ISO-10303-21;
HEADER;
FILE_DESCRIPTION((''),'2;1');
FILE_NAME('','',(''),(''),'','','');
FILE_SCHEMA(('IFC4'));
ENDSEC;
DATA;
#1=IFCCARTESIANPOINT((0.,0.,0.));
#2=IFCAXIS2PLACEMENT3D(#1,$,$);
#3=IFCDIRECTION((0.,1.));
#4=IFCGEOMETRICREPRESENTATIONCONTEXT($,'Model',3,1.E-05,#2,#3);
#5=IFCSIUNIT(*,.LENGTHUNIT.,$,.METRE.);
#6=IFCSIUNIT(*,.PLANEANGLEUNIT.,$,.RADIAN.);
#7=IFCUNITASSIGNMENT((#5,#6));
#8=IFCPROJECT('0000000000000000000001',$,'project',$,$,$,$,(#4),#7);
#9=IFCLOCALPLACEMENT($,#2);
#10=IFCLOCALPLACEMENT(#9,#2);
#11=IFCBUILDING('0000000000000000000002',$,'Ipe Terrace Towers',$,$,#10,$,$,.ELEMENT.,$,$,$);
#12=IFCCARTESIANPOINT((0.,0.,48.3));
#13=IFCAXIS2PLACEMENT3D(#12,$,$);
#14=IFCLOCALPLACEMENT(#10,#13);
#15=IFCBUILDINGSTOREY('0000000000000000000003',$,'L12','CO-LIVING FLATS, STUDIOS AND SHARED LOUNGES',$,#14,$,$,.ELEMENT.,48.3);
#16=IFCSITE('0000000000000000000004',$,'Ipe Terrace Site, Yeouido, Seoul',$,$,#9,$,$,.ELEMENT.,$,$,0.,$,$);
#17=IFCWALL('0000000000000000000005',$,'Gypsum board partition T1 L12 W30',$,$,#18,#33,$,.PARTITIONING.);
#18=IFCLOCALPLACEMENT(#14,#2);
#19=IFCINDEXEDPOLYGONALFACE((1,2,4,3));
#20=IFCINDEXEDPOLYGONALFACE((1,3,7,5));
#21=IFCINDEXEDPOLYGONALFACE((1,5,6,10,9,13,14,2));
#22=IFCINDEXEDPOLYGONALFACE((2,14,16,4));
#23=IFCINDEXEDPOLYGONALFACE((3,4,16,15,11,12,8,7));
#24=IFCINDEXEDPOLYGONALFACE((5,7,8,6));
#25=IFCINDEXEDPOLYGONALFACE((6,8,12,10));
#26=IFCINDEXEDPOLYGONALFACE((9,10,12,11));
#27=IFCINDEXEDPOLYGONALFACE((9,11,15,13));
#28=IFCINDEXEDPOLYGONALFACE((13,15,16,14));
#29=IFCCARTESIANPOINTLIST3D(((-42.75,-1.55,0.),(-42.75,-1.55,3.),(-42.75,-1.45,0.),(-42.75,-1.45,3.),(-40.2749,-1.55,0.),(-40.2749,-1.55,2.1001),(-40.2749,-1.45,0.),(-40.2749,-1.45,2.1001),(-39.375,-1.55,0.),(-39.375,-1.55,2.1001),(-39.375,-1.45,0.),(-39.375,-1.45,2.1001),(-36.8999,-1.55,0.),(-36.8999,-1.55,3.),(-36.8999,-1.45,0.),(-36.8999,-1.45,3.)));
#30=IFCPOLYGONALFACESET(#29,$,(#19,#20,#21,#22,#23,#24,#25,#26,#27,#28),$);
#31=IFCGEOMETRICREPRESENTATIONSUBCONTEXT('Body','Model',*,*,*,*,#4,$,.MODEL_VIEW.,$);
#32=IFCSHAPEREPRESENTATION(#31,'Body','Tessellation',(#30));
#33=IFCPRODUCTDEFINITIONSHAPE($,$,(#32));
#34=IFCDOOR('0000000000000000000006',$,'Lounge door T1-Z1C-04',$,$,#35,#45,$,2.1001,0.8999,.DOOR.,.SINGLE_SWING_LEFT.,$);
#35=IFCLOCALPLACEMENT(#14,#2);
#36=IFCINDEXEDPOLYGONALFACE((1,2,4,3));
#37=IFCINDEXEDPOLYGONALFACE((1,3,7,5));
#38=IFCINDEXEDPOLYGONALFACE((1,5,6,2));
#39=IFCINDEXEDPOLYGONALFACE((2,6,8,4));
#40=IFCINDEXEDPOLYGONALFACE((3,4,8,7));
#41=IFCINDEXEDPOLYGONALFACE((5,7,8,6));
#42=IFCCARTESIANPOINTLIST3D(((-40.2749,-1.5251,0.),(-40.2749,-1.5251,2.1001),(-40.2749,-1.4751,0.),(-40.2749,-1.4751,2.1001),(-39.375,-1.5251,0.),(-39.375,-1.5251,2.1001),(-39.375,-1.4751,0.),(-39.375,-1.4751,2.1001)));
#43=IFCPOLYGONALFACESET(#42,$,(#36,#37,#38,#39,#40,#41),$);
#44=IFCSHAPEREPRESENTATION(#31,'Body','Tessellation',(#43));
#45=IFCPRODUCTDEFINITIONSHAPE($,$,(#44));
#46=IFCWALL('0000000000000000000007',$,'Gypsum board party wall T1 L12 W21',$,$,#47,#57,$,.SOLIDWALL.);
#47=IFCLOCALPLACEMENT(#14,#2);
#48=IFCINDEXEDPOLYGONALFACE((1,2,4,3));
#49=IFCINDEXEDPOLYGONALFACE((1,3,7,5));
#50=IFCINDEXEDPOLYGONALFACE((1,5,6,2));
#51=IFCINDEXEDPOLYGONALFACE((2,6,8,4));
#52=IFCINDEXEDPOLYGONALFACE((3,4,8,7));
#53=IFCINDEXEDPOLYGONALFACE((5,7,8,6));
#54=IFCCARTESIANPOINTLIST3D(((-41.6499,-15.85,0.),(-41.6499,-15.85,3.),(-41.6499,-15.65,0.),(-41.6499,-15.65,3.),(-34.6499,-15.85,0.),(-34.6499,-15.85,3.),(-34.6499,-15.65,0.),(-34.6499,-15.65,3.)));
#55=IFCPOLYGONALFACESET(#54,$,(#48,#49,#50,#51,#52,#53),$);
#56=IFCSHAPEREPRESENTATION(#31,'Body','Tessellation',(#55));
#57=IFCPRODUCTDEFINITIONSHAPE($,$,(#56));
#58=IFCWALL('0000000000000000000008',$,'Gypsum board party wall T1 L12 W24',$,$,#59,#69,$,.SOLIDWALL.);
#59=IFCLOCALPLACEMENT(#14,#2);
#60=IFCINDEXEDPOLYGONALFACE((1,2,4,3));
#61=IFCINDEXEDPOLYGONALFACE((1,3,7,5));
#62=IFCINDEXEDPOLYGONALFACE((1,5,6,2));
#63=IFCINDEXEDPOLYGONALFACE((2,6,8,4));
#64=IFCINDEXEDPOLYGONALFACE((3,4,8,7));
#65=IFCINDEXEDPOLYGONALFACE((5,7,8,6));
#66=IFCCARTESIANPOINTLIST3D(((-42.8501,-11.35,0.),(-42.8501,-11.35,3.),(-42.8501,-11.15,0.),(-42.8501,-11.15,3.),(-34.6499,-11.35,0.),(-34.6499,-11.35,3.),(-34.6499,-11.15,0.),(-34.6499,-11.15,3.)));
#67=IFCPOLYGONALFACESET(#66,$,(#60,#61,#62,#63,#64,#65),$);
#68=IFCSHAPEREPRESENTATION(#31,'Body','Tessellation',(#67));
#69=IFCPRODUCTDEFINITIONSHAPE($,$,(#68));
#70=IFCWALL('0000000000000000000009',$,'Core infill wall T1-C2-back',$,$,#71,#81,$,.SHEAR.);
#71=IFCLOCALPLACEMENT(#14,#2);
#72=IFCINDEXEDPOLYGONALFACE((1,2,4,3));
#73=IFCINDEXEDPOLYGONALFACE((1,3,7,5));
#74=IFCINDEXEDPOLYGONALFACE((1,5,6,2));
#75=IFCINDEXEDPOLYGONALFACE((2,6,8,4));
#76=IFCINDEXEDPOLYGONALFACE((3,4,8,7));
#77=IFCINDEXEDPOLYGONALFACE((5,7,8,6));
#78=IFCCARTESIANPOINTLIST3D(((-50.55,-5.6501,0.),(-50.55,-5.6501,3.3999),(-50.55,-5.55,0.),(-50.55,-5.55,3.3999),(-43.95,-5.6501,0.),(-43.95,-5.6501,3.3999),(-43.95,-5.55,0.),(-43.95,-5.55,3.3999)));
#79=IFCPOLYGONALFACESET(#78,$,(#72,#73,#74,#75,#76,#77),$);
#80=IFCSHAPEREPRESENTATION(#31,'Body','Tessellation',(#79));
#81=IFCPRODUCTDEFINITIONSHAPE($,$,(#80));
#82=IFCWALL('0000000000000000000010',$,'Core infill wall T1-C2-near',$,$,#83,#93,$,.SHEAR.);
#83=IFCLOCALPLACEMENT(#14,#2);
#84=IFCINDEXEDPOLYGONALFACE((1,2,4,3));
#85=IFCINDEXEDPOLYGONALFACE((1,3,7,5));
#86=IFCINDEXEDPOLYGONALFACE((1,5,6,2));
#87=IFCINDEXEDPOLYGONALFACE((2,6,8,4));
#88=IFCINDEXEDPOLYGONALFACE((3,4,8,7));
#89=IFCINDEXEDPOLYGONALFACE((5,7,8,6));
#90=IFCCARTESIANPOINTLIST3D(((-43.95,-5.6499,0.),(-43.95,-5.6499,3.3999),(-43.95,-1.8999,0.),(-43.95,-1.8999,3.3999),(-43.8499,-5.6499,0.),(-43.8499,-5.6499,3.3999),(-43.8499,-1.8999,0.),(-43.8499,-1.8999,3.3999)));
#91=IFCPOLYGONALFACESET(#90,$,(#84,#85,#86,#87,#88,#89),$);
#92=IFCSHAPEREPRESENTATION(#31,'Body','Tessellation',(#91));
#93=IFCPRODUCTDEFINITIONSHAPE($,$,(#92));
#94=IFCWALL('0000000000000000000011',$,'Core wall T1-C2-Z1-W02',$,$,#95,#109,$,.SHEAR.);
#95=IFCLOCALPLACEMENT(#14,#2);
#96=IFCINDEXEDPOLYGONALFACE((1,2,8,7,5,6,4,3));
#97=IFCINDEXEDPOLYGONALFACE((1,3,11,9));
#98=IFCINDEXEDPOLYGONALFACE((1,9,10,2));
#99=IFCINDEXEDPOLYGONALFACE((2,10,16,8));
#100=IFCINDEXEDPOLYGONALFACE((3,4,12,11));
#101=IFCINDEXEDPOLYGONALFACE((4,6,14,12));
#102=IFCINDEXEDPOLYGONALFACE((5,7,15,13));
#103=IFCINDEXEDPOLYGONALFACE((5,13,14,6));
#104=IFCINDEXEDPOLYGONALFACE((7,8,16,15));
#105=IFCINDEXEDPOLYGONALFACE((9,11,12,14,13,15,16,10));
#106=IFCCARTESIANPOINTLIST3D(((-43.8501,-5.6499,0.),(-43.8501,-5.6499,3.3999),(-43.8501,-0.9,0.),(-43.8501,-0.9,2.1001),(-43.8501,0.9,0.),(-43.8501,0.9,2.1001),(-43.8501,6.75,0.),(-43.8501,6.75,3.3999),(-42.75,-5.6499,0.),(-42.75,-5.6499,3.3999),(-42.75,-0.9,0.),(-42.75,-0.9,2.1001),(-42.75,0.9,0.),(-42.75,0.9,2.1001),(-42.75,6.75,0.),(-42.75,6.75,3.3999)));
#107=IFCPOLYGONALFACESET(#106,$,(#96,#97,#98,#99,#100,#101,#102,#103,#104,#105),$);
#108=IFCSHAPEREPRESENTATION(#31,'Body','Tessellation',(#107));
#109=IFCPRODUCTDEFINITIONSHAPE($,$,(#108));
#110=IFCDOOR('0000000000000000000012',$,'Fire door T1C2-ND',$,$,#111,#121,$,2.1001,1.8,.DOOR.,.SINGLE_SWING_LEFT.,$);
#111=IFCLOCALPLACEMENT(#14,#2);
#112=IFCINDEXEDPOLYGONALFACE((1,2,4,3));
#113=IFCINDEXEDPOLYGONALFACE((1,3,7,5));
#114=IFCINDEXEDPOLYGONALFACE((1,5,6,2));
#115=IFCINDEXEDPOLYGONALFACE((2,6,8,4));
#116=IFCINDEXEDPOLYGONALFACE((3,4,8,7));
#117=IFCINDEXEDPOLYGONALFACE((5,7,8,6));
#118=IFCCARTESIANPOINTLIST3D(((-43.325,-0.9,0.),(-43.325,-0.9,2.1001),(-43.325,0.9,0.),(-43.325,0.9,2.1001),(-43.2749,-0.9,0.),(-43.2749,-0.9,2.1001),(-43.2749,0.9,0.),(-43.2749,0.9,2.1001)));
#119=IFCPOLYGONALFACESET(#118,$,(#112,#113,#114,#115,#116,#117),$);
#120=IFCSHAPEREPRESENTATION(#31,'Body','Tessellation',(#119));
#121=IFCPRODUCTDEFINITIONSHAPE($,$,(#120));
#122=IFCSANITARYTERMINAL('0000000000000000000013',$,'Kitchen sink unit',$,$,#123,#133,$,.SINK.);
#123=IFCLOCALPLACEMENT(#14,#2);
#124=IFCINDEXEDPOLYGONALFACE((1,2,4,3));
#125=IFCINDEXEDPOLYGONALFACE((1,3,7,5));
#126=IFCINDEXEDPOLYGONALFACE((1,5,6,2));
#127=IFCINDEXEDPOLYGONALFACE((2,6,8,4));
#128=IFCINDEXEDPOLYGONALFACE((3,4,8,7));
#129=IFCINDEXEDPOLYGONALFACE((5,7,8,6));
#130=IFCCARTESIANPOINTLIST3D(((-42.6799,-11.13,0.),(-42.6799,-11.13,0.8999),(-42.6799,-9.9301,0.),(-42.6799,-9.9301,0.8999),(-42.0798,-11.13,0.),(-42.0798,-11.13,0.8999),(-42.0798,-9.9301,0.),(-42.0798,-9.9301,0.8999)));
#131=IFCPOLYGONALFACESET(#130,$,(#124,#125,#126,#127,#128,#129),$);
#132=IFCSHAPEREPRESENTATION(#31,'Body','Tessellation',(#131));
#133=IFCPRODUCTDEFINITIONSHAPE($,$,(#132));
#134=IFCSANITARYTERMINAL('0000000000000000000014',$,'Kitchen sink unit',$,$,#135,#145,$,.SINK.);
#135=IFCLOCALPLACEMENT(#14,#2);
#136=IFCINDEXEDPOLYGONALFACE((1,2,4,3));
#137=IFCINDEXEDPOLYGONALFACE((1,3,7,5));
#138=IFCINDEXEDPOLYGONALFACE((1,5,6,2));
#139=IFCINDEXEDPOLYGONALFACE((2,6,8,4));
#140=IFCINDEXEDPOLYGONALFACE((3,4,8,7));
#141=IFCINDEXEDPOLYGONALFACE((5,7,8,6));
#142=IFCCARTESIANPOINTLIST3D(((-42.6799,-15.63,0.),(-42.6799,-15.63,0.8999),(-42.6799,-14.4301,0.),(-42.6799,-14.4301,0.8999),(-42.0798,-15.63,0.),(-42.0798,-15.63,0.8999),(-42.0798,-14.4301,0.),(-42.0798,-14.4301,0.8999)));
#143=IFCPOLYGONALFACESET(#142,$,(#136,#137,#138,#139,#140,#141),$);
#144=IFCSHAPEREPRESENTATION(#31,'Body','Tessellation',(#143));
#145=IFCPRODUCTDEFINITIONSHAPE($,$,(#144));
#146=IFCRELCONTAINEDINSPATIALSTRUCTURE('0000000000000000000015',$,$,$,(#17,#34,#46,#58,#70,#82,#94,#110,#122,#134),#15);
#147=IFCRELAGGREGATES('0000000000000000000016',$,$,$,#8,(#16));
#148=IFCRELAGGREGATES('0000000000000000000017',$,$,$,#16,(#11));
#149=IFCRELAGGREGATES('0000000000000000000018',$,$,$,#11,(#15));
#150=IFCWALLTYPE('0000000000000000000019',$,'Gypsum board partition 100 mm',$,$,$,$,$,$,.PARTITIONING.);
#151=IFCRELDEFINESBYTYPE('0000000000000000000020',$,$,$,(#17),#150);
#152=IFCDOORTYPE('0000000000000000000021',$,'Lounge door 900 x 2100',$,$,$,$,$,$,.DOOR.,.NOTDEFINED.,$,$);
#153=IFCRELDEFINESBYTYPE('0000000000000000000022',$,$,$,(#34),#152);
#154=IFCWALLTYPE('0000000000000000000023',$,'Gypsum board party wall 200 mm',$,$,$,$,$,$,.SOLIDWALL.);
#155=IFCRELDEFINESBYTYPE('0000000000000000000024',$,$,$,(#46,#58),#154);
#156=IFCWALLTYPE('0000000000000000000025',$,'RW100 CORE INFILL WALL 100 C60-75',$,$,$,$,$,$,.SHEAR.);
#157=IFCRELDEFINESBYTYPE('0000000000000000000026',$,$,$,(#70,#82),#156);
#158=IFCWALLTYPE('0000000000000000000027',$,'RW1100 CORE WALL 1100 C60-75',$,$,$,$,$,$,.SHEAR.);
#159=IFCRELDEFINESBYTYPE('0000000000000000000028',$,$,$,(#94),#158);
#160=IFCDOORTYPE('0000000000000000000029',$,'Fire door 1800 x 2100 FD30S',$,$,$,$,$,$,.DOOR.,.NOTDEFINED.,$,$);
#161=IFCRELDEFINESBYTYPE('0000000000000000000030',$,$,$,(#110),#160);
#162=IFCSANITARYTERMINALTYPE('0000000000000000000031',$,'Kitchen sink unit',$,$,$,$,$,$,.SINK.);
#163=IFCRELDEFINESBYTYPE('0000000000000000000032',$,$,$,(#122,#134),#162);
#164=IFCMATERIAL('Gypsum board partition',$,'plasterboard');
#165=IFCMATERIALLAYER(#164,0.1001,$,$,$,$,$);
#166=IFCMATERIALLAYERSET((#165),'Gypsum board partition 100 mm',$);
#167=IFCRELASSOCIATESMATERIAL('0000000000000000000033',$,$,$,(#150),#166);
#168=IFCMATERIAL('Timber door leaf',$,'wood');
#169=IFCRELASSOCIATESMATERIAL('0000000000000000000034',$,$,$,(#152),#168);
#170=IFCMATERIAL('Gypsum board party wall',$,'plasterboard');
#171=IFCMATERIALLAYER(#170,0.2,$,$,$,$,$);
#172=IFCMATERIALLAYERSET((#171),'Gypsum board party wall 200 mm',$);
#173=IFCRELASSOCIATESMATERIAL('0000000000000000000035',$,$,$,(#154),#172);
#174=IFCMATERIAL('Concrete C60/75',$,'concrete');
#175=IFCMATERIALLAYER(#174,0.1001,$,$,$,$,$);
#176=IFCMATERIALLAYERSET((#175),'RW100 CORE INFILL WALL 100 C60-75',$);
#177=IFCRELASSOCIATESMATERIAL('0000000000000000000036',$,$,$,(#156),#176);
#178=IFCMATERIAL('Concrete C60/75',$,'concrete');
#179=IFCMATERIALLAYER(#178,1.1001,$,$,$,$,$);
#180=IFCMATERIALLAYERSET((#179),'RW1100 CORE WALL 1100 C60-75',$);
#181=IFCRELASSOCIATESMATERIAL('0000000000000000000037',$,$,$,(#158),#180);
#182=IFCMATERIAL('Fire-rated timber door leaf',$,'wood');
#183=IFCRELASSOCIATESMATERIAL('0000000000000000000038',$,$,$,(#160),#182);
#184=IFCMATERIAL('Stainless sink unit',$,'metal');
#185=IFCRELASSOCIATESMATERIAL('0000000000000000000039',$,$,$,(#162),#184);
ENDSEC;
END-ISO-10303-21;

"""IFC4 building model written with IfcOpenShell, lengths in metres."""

from ifc_helpers import new_model, si_unit, direction, frame, frame_2d, origin, origin_2d, place, context, subcontext, project, spatial, rectangle, extrude, material, layer, layer_set, type_object, element, fill, save


model = new_model("IFC4")

# Units and contexts
model_context = context("Model", 3, precision=1e-05, world=origin(), true_north=direction((0.0, 1.0)))
body_context = subcontext(model_context, "Body", "Model", "MODEL_VIEW")
ifc_project = project(units=[si_unit("LENGTHUNIT", "METRE"), si_unit("PLANEANGLEUNIT", "RADIAN")], contexts=[model_context])

# Site, building, storey
site_placement = place(None, origin())
site = spatial("IfcSite", under=ifc_project, at=site_placement, Name="Ipe Terrace Site, Yeouido, Seoul", CompositionType="ELEMENT", RefElevation=0.0)
building_placement = place(site_placement, origin())
building = spatial("IfcBuilding", under=site, at=building_placement, Name="Ipe Terrace Towers", CompositionType="ELEMENT")
storey_placement = place(building_placement, frame((0.0, 0.0, 48.3)))
storey = spatial("IfcBuildingStorey", under=building, at=storey_placement, Name="L12", Description="CO-LIVING FLATS, STUDIOS AND SHARED LOUNGES", CompositionType="ELEMENT", Elevation=48.3)

# Shared definitions
ifc_material_1 = material(Name="Gypsum board partition", Category="plasterboard")
ifc_layer_1 = layer(ifc_material_1, 0.1001)
ifc_layer_set_1 = layer_set([ifc_layer_1], Name="Gypsum board partition 100 mm")
wall_type_1 = type_object("IfcWallType", Name="Gypsum board partition 100 mm", PredefinedType="PARTITIONING", material=ifc_layer_set_1)

# Wall, opening, door
wall_1_placement = place(storey_placement, frame((-42.75, -1.5, 0.0), z_axis=(0.0, 0.0, 1.0), x_axis=(1.0, 0.0, 0.0)))
wall_1 = element("IfcWall", 1, at=wall_1_placement, inside=storey, type_object=wall_type_1, Name="Gypsum board partition T1 L12 W30", PredefinedType="PARTITIONING", context=body_context, shape_type="SweptSolid", body=[
    extrude(rectangle(XDim=5.8501, YDim=0.1001, at=frame_2d((2.925, 0.0))), origin(), (0.0, 0.0, 1.0), 3.0),
])
opening_1_placement = place(wall_1_placement, frame((2.4751, 0.0, 0.0)))
opening_1 = element("IfcOpeningElement", 2, at=opening_1_placement, cuts=wall_1, PredefinedType="OPENING", context=body_context, shape_type="SweptSolid", body=[
    extrude(rectangle(XDim=0.8999, YDim=2.1001, at=frame_2d((0.45, 1.05))), frame((0.0, 0.0601, 0.0), z_axis=(0.0, -1.0, 0.0), x_axis=(1.0, 0.0, 0.0)), (0.0, 0.0, 1.0), 0.1201),
])
ifc_material_2 = material(Name="Timber door leaf", Category="wood")
door_type_1 = type_object("IfcDoorType", Name="Lounge door 900 x 2100", OperationType="NOTDEFINED", PredefinedType="DOOR", material=ifc_material_2)
door_1_placement = place(opening_1_placement, origin())
door_1 = element("IfcDoor", 3, at=door_1_placement, inside=storey, type_object=door_type_1, Name="Lounge door T1-Z1C-04", OperationType="SINGLE_SWING_LEFT", OverallHeight=2.1001, OverallWidth=0.8999, PredefinedType="DOOR", context=body_context, shape_type="SweptSolid", body=[
    extrude(rectangle(XDim=0.8999, YDim=2.1001, at=frame_2d((0.45, 1.05))), frame((0.0, 0.0249, 0.0), z_axis=(0.0, -1.0, 0.0), x_axis=(1.0, 0.0, 0.0)), (0.0, 0.0, 1.0), 0.05),
])
fill(opening_1, door_1)

# Walls
ifc_material_3 = material(Name="Gypsum board party wall", Category="plasterboard")
ifc_layer_2 = layer(ifc_material_3, 0.2)
ifc_layer_set_2 = layer_set([ifc_layer_2], Name="Gypsum board party wall 200 mm")
wall_type_2 = type_object("IfcWallType", Name="Gypsum board party wall 200 mm", PredefinedType="SOLIDWALL", material=ifc_layer_set_2)
wall_2_placement = place(storey_placement, frame((-41.6499, -15.75, 0.0), z_axis=(0.0, 0.0, 1.0), x_axis=(1.0, 0.0, 0.0)))
element("IfcWall", 4, at=wall_2_placement, inside=storey, type_object=wall_type_2, Name="Gypsum board party wall T1 L12 W21", PredefinedType="SOLIDWALL", context=body_context, shape_type="SweptSolid", body=[
    extrude(rectangle(XDim=7.0, YDim=0.2, at=frame_2d((3.5, 0.0))), origin(), (0.0, 0.0, 1.0), 3.0),
])
wall_3_placement = place(storey_placement, frame((-42.8501, -11.25, 0.0), z_axis=(0.0, 0.0, 1.0), x_axis=(1.0, 0.0, 0.0)))
element("IfcWall", 5, at=wall_3_placement, inside=storey, type_object=wall_type_2, Name="Gypsum board party wall T1 L12 W24", PredefinedType="SOLIDWALL", context=body_context, shape_type="SweptSolid", body=[
    extrude(rectangle(XDim=8.2002, YDim=0.2, at=frame_2d((4.1001, 0.0))), origin(), (0.0, 0.0, 1.0), 3.0),
])
ifc_material_4 = material(Name="Concrete C60/75", Category="concrete")
ifc_layer_3 = layer(ifc_material_4, 0.1001)
ifc_layer_set_3 = layer_set([ifc_layer_3], Name="RW100 CORE INFILL WALL 100 C60-75")
wall_type_3 = type_object("IfcWallType", Name="RW100 CORE INFILL WALL 100 C60-75", PredefinedType="SHEAR", material=ifc_layer_set_3)
wall_4_placement = place(storey_placement, frame((-43.95, -5.6001, 0.0), z_axis=(0.0, 0.0, 1.0), x_axis=(-1.0, 0.0, 0.0)))
element("IfcWall", 6, at=wall_4_placement, inside=storey, type_object=wall_type_3, Name="Core infill wall T1-C2-back", PredefinedType="SHEAR", context=body_context, shape_type="SweptSolid", body=[
    extrude(rectangle(XDim=6.6001, YDim=0.1001, at=frame_2d((3.3, 0.0))), origin(), (0.0, 0.0, 1.0), 3.3999),
])
wall_5_placement = place(storey_placement, frame((-43.8999, -1.8999, 0.0), z_axis=(0.0, 0.0, 1.0), x_axis=(0.0, -1.0, 0.0)))
element("IfcWall", 7, at=wall_5_placement, inside=storey, type_object=wall_type_3, Name="Core infill wall T1-C2-near", PredefinedType="SHEAR", context=body_context, shape_type="SweptSolid", body=[
    extrude(rectangle(XDim=3.75, YDim=0.1001, at=frame_2d((1.875, 0.0))), origin(), (0.0, 0.0, 1.0), 3.3999),
])

# Wall, opening, door
ifc_material_5 = material(Name="Concrete C60/75", Category="concrete")
ifc_layer_4 = layer(ifc_material_5, 1.1001)
ifc_layer_set_4 = layer_set([ifc_layer_4], Name="RW1100 CORE WALL 1100 C60-75")
wall_type_4 = type_object("IfcWallType", Name="RW1100 CORE WALL 1100 C60-75", PredefinedType="SHEAR", material=ifc_layer_set_4)
wall_6_placement = place(storey_placement, frame((-43.3, -5.6499, 0.0), z_axis=(0.0, 0.0, 1.0), x_axis=(0.0, 1.0, 0.0)))
wall_6 = element("IfcWall", 8, at=wall_6_placement, inside=storey, type_object=wall_type_4, Name="Core wall T1-C2-Z1-W02", PredefinedType="SHEAR", context=body_context, shape_type="SweptSolid", body=[
    extrude(rectangle(XDim=12.3999, YDim=1.1001, at=frame_2d((6.2, 0.0))), origin(), (0.0, 0.0, 1.0), 3.3999),
])
opening_2_placement = place(wall_6_placement, frame((4.75, 0.0, 0.0)))
opening_2 = element("IfcOpeningElement", 9, at=opening_2_placement, cuts=wall_6, PredefinedType="OPENING", context=body_context, shape_type="SweptSolid", body=[
    extrude(rectangle(XDim=1.8, YDim=2.1001, at=frame_2d((0.8999, 1.05))), frame((0.0, 0.5601, 0.0), z_axis=(0.0, -1.0, 0.0), x_axis=(1.0, 0.0, 0.0)), (0.0, 0.0, 1.0), 1.1201),
])
ifc_material_6 = material(Name="Fire-rated timber door leaf", Category="wood")
door_type_2 = type_object("IfcDoorType", Name="Fire door 1800 x 2100 FD30S", OperationType="NOTDEFINED", PredefinedType="DOOR", material=ifc_material_6)
door_2_placement = place(opening_2_placement, origin())
door_2 = element("IfcDoor", 10, at=door_2_placement, inside=storey, type_object=door_type_2, Name="Fire door T1C2-ND", OperationType="SINGLE_SWING_LEFT", OverallHeight=2.1001, OverallWidth=1.8, PredefinedType="DOOR", context=body_context, shape_type="SweptSolid", body=[
    extrude(rectangle(XDim=1.8, YDim=2.1001, at=frame_2d((0.8999, 1.05))), frame((0.0, 0.0249, 0.0), z_axis=(0.0, -1.0, 0.0), x_axis=(1.0, 0.0, 0.0)), (0.0, 0.0, 1.0), 0.05),
])
fill(opening_2, door_2)

# Sanitary terminals
ifc_material_7 = material(Name="Stainless sink unit", Category="metal")
sanitary_terminal_type = type_object("IfcSanitaryTerminalType", Name="Kitchen sink unit", PredefinedType="SINK", material=ifc_material_7)
for number, where, z_axis, x_axis, name in (
    (11, (-42.3799, -10.53, 0.0), (0.0, 0.0, 1.0), (0.0, 1.0, 0.0), "Kitchen sink unit"),
    (12, (-42.3799, -15.03, 0.0), (0.0, 0.0, 1.0), (0.0, 1.0, 0.0), "Kitchen sink unit"),
):
    element("IfcSanitaryTerminal", number, at=place(storey_placement, frame(where, z_axis=z_axis, x_axis=x_axis)), inside=storey, type_object=sanitary_terminal_type, Name=name, PredefinedType="SINK", context=body_context, shape_type="SweptSolid", body=[
        extrude(rectangle(XDim=1.2, YDim=0.6001, at=origin_2d()), origin(), (0.0, 0.0, 1.0), 0.8999),
    ])

save(model, "model.ifc")
